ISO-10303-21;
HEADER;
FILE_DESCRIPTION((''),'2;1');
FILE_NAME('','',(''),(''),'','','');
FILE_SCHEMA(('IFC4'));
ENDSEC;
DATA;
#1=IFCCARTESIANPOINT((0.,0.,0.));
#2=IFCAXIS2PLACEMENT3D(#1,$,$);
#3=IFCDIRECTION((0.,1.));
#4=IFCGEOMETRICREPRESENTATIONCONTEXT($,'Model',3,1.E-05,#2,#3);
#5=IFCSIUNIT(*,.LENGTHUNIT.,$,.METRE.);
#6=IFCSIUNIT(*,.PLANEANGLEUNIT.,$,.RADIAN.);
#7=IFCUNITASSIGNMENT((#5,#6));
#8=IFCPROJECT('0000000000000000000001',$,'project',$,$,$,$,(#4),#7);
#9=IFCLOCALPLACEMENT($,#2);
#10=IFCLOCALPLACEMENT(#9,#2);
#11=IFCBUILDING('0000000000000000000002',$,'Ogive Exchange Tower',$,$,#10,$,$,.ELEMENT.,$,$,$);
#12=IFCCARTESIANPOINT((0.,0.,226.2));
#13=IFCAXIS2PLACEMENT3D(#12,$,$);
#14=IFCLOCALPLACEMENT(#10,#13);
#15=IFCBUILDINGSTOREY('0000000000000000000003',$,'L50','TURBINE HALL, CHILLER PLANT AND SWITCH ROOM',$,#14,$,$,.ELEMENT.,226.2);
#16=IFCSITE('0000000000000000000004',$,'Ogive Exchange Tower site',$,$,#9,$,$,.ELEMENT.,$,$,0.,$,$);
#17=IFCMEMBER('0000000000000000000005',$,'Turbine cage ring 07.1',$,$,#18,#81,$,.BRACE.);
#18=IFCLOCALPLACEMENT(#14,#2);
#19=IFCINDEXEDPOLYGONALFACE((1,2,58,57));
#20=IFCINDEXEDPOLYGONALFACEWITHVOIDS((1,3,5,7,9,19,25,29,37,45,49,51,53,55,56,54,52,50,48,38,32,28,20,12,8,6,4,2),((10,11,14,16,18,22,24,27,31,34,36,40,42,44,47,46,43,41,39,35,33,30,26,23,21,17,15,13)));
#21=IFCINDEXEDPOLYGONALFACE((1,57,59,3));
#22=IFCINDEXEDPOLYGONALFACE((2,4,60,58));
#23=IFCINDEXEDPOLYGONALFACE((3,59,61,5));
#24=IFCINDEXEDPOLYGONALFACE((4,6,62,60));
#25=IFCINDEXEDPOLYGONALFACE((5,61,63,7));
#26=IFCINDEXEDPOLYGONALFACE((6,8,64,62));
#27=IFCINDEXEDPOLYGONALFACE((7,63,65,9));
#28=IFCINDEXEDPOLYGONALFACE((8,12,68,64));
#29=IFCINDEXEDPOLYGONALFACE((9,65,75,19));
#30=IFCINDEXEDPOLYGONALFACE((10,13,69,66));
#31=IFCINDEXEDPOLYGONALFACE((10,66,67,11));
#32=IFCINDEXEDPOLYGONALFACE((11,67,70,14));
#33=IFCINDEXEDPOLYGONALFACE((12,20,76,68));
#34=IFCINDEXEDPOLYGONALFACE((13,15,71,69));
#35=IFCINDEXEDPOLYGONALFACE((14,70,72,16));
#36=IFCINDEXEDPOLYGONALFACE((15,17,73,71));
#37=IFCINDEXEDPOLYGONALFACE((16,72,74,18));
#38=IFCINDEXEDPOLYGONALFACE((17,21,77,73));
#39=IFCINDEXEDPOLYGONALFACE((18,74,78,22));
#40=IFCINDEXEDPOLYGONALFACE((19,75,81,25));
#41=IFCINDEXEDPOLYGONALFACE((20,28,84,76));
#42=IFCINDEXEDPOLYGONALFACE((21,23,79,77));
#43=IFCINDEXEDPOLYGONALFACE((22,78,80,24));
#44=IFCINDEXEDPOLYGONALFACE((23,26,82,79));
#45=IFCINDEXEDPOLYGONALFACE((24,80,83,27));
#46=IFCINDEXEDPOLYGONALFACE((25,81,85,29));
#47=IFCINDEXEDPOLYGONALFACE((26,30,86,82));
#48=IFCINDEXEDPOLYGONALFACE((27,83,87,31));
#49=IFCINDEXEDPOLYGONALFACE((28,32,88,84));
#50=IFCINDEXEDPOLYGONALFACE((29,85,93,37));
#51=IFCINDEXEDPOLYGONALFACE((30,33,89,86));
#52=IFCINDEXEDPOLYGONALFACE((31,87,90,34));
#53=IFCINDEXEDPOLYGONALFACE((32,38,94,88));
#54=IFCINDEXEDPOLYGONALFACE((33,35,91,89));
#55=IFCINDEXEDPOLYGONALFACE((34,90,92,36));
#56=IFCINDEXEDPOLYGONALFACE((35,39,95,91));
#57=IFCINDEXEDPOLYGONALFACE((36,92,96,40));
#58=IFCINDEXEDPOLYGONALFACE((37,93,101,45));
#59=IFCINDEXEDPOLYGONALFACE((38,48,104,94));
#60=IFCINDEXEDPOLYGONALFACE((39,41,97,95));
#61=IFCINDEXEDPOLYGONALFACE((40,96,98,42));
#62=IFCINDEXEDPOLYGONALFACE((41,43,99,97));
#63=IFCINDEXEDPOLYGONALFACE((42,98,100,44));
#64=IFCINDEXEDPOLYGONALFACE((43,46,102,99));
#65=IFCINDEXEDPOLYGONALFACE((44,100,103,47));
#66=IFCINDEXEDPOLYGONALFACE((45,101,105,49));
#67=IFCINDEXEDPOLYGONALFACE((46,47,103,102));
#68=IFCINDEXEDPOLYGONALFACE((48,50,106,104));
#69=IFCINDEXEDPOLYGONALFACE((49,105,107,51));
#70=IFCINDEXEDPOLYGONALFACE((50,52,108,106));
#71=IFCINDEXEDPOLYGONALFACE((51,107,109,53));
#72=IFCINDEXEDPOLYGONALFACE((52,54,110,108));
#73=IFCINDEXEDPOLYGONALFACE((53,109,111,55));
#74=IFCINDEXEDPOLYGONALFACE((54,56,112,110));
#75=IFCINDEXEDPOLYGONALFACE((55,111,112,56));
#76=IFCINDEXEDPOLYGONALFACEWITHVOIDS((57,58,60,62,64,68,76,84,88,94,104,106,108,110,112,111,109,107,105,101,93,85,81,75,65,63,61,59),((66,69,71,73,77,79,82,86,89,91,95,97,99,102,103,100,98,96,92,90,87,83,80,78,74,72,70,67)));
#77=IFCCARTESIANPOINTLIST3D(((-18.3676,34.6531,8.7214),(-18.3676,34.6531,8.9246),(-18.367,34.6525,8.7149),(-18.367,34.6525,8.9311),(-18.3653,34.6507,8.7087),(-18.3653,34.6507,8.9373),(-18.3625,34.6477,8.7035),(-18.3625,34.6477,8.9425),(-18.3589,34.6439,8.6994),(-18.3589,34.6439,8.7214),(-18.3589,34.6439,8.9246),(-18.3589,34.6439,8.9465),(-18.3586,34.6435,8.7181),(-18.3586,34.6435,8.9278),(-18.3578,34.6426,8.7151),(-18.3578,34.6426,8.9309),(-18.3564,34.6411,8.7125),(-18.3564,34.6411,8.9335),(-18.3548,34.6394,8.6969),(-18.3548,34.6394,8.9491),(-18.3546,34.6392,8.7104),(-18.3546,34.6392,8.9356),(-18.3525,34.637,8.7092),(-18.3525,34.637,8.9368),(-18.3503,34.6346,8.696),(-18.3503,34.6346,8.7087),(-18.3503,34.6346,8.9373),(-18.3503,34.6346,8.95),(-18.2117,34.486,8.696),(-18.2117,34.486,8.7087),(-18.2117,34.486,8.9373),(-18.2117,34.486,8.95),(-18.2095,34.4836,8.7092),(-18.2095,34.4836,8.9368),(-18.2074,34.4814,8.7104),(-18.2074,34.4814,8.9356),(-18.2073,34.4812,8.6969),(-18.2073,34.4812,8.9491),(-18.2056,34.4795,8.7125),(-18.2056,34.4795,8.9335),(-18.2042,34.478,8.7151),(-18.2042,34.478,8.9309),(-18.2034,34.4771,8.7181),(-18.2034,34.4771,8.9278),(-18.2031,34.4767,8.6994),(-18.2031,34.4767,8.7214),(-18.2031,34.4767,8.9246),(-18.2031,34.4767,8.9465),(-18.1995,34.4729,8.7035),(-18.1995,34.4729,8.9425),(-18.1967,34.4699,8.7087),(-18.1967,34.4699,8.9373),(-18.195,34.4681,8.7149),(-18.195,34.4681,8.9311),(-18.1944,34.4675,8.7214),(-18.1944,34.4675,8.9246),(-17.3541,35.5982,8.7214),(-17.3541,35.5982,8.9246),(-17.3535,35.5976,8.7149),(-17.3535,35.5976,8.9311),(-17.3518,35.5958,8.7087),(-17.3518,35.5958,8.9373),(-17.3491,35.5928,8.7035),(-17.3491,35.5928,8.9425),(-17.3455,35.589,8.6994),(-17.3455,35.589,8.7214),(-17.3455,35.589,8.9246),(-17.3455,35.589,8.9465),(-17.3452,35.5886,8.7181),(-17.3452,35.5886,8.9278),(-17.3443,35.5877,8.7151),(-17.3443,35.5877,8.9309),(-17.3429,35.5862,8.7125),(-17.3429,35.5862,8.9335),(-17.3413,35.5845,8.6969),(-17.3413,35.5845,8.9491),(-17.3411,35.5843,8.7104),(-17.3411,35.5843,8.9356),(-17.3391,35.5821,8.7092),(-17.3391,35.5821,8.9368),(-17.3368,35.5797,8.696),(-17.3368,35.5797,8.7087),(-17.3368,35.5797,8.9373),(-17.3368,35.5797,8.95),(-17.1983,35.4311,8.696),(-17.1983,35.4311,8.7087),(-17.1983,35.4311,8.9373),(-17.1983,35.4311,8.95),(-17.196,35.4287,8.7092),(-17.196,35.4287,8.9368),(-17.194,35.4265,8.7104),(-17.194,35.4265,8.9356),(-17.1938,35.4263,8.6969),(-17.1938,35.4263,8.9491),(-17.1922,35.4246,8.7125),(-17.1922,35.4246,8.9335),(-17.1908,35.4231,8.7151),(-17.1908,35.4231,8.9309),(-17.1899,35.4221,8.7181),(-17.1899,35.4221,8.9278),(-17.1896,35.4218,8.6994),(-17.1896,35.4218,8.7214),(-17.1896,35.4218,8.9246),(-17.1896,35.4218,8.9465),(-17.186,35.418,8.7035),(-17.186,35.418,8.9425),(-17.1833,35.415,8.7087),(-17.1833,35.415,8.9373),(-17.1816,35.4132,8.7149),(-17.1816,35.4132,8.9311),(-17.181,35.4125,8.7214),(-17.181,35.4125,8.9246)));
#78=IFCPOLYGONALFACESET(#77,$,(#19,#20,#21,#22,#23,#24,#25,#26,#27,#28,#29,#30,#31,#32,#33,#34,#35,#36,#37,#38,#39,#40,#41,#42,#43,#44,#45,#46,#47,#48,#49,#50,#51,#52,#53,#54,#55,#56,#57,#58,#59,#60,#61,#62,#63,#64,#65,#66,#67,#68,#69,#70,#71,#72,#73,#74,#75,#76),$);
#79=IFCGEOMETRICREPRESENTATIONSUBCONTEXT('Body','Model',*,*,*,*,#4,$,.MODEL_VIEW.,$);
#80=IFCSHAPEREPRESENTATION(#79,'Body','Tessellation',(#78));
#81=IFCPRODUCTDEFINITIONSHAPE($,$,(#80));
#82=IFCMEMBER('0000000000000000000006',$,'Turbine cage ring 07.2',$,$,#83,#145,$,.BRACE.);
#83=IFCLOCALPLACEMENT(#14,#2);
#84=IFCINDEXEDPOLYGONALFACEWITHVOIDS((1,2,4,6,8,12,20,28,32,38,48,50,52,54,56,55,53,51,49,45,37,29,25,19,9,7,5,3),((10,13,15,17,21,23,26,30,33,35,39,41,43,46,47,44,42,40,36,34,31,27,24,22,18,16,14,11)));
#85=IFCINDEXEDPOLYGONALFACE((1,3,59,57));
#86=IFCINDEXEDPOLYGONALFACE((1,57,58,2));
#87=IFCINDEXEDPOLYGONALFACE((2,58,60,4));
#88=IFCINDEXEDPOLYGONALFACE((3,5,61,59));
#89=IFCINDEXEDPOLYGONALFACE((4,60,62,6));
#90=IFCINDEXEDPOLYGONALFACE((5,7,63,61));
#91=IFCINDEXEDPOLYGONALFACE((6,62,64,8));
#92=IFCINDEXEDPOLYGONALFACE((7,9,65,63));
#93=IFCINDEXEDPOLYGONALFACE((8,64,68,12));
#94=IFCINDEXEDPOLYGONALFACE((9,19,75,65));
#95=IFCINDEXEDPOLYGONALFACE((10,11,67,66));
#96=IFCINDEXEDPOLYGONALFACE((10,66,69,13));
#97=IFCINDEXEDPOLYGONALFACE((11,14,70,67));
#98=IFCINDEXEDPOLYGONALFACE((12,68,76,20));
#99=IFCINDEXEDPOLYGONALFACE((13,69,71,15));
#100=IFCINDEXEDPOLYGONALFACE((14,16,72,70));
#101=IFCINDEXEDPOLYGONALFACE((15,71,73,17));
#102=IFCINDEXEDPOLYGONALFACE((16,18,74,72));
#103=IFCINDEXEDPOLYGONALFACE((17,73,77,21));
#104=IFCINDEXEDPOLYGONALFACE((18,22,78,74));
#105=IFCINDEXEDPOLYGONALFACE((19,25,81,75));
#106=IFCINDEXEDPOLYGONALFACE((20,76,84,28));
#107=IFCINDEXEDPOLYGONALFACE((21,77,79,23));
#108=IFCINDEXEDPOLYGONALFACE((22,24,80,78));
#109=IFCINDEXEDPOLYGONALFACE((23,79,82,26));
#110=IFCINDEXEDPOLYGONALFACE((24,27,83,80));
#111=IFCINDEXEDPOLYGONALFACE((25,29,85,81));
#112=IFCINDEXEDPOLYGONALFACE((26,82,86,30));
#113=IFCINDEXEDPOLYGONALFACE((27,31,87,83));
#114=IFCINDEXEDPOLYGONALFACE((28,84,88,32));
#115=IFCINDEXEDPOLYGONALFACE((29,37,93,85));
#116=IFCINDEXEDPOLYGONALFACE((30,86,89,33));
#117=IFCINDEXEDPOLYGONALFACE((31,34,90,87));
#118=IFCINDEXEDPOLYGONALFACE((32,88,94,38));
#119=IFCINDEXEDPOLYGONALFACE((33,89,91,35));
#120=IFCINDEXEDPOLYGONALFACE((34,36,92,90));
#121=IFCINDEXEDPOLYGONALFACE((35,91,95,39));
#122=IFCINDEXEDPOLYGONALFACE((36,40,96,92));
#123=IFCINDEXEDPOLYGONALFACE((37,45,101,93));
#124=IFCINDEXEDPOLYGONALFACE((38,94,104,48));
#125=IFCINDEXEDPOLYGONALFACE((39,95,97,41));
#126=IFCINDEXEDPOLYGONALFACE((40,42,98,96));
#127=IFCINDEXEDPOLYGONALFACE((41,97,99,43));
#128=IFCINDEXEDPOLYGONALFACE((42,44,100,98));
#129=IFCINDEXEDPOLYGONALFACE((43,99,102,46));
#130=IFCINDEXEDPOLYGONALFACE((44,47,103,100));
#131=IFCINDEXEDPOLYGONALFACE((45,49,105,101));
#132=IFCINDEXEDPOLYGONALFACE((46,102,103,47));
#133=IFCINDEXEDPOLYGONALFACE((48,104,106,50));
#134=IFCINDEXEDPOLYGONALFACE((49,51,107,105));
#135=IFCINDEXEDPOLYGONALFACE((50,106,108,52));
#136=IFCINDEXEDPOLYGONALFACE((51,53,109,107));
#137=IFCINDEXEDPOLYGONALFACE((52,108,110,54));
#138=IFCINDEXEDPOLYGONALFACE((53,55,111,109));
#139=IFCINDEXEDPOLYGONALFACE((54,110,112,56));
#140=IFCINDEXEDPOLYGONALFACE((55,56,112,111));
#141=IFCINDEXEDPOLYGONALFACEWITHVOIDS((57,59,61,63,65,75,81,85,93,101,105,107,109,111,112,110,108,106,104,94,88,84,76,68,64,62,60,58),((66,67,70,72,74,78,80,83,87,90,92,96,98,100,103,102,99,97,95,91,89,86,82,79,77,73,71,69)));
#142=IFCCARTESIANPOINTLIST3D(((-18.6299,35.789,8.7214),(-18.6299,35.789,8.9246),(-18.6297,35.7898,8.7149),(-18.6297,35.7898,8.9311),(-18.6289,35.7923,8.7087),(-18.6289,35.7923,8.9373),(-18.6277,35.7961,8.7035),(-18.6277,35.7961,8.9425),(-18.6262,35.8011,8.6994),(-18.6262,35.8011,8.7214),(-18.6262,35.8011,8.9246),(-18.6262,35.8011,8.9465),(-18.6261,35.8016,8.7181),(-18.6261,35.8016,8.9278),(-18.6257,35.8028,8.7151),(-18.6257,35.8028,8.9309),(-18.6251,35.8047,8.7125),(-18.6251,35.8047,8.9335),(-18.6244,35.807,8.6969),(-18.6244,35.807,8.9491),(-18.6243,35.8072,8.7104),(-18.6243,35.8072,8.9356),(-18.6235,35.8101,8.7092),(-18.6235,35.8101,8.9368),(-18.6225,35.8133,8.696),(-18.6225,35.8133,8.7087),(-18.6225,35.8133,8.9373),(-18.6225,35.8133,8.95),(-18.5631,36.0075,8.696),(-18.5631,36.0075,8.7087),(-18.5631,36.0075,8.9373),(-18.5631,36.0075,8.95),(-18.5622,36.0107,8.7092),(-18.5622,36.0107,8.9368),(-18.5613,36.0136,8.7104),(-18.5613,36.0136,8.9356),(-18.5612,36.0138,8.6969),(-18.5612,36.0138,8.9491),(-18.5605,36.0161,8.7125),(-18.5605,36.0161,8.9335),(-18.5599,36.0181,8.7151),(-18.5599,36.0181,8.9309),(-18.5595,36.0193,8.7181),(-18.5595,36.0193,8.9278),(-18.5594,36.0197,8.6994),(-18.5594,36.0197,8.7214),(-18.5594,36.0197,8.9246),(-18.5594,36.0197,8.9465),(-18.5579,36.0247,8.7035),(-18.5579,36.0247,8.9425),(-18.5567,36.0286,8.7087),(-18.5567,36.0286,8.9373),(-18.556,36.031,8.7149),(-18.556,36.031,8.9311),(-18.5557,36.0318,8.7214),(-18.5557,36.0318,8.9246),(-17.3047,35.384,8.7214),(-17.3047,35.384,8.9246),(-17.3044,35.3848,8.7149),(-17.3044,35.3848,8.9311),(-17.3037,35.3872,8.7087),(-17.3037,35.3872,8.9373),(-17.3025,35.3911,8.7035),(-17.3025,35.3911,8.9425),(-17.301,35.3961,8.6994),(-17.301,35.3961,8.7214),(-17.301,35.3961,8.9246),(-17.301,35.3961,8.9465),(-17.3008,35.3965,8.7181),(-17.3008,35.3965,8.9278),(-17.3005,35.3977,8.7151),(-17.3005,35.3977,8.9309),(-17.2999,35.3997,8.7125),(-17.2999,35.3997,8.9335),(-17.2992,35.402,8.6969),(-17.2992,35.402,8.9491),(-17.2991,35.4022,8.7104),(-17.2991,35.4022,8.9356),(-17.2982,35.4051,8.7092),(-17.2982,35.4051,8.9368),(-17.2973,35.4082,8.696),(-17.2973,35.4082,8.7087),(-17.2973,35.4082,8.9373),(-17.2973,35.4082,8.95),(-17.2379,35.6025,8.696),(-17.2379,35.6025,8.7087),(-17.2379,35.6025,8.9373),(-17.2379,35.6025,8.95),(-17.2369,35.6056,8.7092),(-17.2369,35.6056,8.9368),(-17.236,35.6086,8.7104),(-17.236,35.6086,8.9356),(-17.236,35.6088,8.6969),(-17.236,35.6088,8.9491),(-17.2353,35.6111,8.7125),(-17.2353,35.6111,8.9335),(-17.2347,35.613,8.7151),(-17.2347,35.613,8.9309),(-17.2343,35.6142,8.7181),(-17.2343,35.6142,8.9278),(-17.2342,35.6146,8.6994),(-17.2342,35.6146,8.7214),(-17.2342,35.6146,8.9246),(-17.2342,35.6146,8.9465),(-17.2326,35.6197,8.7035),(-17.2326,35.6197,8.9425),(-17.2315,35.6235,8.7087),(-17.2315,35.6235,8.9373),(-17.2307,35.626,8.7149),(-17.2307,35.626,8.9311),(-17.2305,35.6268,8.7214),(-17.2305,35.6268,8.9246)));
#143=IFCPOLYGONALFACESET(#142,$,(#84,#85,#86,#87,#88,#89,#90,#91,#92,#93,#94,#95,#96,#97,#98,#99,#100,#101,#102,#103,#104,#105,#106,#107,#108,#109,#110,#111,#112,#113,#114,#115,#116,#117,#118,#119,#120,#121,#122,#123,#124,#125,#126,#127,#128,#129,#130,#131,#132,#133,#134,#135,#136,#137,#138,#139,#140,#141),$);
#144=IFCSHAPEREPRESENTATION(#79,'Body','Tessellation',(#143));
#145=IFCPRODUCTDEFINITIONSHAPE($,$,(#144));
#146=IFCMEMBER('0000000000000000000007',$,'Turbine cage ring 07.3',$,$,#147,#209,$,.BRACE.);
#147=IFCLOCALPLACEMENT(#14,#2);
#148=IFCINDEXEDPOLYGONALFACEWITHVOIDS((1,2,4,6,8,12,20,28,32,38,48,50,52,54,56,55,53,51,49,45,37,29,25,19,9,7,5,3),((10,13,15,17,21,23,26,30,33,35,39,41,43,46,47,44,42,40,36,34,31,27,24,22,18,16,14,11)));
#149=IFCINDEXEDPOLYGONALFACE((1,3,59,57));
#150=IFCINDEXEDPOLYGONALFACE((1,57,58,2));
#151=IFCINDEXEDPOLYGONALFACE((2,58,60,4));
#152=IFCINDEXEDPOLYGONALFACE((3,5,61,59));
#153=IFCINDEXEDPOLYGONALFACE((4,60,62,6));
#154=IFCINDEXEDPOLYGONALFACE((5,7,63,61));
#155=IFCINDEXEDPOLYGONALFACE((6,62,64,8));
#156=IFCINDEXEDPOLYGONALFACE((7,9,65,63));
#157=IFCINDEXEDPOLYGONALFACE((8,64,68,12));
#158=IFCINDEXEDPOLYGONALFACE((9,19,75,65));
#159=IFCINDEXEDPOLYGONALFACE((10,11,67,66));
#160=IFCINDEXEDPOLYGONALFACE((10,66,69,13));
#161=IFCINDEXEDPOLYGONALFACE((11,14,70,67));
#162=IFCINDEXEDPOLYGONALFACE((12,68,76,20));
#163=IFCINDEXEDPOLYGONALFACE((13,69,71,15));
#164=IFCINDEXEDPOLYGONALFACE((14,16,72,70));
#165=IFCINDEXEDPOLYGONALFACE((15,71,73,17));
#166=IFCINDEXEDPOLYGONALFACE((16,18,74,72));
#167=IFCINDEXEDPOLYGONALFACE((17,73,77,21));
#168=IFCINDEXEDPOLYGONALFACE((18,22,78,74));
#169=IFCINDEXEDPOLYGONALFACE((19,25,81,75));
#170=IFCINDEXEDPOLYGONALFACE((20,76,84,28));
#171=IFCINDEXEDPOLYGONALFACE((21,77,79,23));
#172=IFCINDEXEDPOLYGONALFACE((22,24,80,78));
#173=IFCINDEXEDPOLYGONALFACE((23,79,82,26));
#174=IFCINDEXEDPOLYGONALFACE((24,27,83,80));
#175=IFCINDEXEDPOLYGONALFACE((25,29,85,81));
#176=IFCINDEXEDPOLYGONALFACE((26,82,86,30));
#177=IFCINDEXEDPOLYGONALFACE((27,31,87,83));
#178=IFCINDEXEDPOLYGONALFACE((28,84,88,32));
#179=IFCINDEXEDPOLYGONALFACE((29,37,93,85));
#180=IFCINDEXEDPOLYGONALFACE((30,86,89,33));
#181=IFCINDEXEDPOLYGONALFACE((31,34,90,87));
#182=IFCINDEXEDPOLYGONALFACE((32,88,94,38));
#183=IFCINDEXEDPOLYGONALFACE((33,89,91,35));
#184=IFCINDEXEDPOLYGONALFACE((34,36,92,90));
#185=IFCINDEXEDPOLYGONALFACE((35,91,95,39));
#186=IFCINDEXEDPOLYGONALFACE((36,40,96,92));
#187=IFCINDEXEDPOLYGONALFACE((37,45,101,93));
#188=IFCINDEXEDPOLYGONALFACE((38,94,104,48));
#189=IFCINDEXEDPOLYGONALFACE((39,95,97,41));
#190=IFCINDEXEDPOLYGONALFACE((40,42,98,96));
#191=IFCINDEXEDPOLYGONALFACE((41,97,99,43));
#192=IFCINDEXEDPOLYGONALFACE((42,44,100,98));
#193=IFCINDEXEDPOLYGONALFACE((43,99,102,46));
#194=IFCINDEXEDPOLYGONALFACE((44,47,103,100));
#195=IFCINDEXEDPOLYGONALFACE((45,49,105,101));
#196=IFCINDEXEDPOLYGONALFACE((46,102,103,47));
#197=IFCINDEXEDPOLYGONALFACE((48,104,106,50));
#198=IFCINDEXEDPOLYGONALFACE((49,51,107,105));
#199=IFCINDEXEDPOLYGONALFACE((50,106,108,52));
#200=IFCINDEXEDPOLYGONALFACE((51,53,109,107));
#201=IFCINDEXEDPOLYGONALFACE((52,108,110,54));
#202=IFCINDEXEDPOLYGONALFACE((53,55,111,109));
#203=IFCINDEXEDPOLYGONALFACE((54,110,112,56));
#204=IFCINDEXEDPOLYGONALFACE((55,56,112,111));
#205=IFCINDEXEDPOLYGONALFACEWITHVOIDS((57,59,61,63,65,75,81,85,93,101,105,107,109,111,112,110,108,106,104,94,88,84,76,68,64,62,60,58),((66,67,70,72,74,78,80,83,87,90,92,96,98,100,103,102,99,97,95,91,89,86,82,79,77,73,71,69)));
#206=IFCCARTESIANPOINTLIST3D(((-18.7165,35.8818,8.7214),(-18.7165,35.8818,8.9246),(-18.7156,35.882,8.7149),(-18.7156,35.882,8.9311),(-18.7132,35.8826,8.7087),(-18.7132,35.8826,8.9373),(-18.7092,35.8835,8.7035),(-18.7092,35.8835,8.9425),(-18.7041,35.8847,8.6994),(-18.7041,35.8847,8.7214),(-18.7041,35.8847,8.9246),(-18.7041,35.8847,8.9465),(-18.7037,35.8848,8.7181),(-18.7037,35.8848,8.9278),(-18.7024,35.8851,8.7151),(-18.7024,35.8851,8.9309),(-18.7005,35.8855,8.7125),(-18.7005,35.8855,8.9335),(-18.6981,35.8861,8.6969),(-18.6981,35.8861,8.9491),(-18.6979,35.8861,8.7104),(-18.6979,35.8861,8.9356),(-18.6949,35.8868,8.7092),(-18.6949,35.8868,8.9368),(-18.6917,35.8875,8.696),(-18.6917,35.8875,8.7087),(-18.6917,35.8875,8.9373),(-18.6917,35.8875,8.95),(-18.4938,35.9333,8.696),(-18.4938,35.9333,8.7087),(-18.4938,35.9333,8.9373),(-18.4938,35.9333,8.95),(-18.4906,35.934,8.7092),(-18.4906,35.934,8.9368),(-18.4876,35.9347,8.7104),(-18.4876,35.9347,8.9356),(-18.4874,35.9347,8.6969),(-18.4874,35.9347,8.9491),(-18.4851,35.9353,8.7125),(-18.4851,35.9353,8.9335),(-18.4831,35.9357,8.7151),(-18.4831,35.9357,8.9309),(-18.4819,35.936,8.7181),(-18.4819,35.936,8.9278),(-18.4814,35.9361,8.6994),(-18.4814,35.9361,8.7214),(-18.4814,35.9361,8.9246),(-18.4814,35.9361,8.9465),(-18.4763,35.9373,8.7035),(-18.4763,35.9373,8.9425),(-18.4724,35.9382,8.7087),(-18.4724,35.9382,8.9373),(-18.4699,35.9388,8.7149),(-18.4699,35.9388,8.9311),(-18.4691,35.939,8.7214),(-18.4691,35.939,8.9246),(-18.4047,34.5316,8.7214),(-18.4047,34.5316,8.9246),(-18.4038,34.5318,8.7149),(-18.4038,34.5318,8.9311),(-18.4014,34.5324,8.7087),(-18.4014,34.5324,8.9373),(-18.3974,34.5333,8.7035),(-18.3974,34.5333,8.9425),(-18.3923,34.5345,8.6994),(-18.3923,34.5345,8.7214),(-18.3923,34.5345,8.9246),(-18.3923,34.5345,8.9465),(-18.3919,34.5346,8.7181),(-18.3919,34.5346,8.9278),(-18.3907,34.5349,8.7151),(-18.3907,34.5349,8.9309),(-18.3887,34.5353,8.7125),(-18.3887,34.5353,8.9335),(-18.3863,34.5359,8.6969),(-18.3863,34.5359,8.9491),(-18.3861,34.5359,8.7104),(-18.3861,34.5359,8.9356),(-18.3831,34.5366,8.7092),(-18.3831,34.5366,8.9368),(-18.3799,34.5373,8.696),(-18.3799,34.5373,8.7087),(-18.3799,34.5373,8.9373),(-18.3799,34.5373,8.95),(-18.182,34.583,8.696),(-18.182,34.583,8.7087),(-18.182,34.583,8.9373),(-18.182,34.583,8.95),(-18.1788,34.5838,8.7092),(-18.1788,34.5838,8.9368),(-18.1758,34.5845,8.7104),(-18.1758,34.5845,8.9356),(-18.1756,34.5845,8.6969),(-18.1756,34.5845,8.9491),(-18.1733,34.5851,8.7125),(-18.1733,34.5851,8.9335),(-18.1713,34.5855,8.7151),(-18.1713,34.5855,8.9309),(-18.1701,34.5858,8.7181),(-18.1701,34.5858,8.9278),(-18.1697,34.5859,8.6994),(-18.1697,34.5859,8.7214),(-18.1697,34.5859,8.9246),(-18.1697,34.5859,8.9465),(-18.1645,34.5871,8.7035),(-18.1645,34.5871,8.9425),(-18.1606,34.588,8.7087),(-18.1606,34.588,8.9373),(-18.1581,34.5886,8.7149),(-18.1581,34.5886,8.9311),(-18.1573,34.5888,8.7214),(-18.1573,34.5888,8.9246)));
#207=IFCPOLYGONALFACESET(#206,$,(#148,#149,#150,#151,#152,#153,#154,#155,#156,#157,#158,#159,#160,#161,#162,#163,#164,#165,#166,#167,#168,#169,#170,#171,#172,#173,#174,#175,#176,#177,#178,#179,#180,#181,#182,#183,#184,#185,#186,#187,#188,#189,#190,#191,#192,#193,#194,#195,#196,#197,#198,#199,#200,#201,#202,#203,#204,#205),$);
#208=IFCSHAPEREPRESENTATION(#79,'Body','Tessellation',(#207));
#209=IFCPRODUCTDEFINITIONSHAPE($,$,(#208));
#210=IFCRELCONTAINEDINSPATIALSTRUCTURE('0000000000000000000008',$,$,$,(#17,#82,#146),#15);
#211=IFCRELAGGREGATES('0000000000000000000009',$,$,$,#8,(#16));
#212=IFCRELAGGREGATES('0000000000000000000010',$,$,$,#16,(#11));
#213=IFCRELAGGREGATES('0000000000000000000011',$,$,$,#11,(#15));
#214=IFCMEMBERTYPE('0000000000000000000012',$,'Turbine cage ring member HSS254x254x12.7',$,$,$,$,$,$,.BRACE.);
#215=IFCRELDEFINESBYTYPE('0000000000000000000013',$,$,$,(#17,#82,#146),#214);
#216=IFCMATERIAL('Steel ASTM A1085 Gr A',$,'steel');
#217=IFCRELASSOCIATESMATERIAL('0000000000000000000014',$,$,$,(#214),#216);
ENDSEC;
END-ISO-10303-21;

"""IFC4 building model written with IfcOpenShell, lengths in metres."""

from ifc_helpers import new_model, si_unit, direction, frame, origin, origin_2d, place, context, subcontext, project, spatial, hollow_rectangle, extrude, material, material_profile, profile_set, type_object, element, save


model = new_model("IFC4")

# Units and contexts
model_context = context("Model", 3, precision=1e-05, world=origin(), true_north=direction((0.0, 1.0)))
body_context = subcontext(model_context, "Body", "Model", "MODEL_VIEW")
ifc_project = project(units=[si_unit("LENGTHUNIT", "METRE"), si_unit("PLANEANGLEUNIT", "RADIAN")], contexts=[model_context])

# Site, building, storey
site_placement = place(None, origin())
site = spatial("IfcSite", under=ifc_project, at=site_placement, Name="Ogive Exchange Tower site", CompositionType="ELEMENT", RefElevation=0.0)
building_placement = place(site_placement, origin())
building = spatial("IfcBuilding", under=site, at=building_placement, Name="Ogive Exchange Tower", CompositionType="ELEMENT")
storey_placement = place(building_placement, frame((0.0, 0.0, 226.2)))
storey = spatial("IfcBuildingStorey", under=building, at=storey_placement, Name="L50", Description="TURBINE HALL, CHILLER PLANT AND SWITCH ROOM", CompositionType="ELEMENT", Elevation=226.2)

# Shared definitions
ifc_material_1 = material(Name="Steel ASTM A1085 Gr A", Category="steel")

# Members
ifc_material_profile_1 = material_profile(ifc_material_1, hollow_rectangle(XDim=0.2539, YDim=0.2539, WallThickness=0.0127, InnerFilletRadius=0.0127, OuterFilletRadius=0.0254, at=origin_2d()), Name="HSS254x254x12.7")
ifc_profile_set_1 = profile_set([ifc_material_profile_1], Name="Steel ASTM A1085 Gr A")
member_type_1 = type_object("IfcMemberType", Name="Turbine cage ring member HSS254x254x12.7", PredefinedType="BRACE", material=ifc_profile_set_1)
for number, where, z_axis, x_axis, name in (
    (1, (-18.281, 34.5603, 8.823), (0.731342, 0.682011, 0.0), (-0.682011, 0.731342, 0.0), "Turbine cage ring 07.1"),
    (2, (-17.2676, 35.5054, 8.823), (-0.95633, 0.29229, 0.0), (-0.29229, -0.95633, 0.0), "Turbine cage ring 07.2"),
    (3, (-18.5928, 35.9104, 8.823), (0.225001, -0.974359, 0.0), (0.974359, 0.225001, 0.0), "Turbine cage ring 07.3"),
):
    element("IfcMember", number, at=place(storey_placement, frame(where, z_axis=z_axis, x_axis=x_axis)), inside=storey, type_object=member_type_1, Name=name, PredefinedType="BRACE", context=body_context, shape_type="SweptSolid", body=[
        extrude(hollow_rectangle(XDim=0.2539, YDim=0.2539, WallThickness=0.0127, InnerFilletRadius=0.0127, OuterFilletRadius=0.0254, at=origin_2d()), origin(), (0.0, 0.0, 1.0), 1.3857),
    ])

save(model, "model.ifc")
